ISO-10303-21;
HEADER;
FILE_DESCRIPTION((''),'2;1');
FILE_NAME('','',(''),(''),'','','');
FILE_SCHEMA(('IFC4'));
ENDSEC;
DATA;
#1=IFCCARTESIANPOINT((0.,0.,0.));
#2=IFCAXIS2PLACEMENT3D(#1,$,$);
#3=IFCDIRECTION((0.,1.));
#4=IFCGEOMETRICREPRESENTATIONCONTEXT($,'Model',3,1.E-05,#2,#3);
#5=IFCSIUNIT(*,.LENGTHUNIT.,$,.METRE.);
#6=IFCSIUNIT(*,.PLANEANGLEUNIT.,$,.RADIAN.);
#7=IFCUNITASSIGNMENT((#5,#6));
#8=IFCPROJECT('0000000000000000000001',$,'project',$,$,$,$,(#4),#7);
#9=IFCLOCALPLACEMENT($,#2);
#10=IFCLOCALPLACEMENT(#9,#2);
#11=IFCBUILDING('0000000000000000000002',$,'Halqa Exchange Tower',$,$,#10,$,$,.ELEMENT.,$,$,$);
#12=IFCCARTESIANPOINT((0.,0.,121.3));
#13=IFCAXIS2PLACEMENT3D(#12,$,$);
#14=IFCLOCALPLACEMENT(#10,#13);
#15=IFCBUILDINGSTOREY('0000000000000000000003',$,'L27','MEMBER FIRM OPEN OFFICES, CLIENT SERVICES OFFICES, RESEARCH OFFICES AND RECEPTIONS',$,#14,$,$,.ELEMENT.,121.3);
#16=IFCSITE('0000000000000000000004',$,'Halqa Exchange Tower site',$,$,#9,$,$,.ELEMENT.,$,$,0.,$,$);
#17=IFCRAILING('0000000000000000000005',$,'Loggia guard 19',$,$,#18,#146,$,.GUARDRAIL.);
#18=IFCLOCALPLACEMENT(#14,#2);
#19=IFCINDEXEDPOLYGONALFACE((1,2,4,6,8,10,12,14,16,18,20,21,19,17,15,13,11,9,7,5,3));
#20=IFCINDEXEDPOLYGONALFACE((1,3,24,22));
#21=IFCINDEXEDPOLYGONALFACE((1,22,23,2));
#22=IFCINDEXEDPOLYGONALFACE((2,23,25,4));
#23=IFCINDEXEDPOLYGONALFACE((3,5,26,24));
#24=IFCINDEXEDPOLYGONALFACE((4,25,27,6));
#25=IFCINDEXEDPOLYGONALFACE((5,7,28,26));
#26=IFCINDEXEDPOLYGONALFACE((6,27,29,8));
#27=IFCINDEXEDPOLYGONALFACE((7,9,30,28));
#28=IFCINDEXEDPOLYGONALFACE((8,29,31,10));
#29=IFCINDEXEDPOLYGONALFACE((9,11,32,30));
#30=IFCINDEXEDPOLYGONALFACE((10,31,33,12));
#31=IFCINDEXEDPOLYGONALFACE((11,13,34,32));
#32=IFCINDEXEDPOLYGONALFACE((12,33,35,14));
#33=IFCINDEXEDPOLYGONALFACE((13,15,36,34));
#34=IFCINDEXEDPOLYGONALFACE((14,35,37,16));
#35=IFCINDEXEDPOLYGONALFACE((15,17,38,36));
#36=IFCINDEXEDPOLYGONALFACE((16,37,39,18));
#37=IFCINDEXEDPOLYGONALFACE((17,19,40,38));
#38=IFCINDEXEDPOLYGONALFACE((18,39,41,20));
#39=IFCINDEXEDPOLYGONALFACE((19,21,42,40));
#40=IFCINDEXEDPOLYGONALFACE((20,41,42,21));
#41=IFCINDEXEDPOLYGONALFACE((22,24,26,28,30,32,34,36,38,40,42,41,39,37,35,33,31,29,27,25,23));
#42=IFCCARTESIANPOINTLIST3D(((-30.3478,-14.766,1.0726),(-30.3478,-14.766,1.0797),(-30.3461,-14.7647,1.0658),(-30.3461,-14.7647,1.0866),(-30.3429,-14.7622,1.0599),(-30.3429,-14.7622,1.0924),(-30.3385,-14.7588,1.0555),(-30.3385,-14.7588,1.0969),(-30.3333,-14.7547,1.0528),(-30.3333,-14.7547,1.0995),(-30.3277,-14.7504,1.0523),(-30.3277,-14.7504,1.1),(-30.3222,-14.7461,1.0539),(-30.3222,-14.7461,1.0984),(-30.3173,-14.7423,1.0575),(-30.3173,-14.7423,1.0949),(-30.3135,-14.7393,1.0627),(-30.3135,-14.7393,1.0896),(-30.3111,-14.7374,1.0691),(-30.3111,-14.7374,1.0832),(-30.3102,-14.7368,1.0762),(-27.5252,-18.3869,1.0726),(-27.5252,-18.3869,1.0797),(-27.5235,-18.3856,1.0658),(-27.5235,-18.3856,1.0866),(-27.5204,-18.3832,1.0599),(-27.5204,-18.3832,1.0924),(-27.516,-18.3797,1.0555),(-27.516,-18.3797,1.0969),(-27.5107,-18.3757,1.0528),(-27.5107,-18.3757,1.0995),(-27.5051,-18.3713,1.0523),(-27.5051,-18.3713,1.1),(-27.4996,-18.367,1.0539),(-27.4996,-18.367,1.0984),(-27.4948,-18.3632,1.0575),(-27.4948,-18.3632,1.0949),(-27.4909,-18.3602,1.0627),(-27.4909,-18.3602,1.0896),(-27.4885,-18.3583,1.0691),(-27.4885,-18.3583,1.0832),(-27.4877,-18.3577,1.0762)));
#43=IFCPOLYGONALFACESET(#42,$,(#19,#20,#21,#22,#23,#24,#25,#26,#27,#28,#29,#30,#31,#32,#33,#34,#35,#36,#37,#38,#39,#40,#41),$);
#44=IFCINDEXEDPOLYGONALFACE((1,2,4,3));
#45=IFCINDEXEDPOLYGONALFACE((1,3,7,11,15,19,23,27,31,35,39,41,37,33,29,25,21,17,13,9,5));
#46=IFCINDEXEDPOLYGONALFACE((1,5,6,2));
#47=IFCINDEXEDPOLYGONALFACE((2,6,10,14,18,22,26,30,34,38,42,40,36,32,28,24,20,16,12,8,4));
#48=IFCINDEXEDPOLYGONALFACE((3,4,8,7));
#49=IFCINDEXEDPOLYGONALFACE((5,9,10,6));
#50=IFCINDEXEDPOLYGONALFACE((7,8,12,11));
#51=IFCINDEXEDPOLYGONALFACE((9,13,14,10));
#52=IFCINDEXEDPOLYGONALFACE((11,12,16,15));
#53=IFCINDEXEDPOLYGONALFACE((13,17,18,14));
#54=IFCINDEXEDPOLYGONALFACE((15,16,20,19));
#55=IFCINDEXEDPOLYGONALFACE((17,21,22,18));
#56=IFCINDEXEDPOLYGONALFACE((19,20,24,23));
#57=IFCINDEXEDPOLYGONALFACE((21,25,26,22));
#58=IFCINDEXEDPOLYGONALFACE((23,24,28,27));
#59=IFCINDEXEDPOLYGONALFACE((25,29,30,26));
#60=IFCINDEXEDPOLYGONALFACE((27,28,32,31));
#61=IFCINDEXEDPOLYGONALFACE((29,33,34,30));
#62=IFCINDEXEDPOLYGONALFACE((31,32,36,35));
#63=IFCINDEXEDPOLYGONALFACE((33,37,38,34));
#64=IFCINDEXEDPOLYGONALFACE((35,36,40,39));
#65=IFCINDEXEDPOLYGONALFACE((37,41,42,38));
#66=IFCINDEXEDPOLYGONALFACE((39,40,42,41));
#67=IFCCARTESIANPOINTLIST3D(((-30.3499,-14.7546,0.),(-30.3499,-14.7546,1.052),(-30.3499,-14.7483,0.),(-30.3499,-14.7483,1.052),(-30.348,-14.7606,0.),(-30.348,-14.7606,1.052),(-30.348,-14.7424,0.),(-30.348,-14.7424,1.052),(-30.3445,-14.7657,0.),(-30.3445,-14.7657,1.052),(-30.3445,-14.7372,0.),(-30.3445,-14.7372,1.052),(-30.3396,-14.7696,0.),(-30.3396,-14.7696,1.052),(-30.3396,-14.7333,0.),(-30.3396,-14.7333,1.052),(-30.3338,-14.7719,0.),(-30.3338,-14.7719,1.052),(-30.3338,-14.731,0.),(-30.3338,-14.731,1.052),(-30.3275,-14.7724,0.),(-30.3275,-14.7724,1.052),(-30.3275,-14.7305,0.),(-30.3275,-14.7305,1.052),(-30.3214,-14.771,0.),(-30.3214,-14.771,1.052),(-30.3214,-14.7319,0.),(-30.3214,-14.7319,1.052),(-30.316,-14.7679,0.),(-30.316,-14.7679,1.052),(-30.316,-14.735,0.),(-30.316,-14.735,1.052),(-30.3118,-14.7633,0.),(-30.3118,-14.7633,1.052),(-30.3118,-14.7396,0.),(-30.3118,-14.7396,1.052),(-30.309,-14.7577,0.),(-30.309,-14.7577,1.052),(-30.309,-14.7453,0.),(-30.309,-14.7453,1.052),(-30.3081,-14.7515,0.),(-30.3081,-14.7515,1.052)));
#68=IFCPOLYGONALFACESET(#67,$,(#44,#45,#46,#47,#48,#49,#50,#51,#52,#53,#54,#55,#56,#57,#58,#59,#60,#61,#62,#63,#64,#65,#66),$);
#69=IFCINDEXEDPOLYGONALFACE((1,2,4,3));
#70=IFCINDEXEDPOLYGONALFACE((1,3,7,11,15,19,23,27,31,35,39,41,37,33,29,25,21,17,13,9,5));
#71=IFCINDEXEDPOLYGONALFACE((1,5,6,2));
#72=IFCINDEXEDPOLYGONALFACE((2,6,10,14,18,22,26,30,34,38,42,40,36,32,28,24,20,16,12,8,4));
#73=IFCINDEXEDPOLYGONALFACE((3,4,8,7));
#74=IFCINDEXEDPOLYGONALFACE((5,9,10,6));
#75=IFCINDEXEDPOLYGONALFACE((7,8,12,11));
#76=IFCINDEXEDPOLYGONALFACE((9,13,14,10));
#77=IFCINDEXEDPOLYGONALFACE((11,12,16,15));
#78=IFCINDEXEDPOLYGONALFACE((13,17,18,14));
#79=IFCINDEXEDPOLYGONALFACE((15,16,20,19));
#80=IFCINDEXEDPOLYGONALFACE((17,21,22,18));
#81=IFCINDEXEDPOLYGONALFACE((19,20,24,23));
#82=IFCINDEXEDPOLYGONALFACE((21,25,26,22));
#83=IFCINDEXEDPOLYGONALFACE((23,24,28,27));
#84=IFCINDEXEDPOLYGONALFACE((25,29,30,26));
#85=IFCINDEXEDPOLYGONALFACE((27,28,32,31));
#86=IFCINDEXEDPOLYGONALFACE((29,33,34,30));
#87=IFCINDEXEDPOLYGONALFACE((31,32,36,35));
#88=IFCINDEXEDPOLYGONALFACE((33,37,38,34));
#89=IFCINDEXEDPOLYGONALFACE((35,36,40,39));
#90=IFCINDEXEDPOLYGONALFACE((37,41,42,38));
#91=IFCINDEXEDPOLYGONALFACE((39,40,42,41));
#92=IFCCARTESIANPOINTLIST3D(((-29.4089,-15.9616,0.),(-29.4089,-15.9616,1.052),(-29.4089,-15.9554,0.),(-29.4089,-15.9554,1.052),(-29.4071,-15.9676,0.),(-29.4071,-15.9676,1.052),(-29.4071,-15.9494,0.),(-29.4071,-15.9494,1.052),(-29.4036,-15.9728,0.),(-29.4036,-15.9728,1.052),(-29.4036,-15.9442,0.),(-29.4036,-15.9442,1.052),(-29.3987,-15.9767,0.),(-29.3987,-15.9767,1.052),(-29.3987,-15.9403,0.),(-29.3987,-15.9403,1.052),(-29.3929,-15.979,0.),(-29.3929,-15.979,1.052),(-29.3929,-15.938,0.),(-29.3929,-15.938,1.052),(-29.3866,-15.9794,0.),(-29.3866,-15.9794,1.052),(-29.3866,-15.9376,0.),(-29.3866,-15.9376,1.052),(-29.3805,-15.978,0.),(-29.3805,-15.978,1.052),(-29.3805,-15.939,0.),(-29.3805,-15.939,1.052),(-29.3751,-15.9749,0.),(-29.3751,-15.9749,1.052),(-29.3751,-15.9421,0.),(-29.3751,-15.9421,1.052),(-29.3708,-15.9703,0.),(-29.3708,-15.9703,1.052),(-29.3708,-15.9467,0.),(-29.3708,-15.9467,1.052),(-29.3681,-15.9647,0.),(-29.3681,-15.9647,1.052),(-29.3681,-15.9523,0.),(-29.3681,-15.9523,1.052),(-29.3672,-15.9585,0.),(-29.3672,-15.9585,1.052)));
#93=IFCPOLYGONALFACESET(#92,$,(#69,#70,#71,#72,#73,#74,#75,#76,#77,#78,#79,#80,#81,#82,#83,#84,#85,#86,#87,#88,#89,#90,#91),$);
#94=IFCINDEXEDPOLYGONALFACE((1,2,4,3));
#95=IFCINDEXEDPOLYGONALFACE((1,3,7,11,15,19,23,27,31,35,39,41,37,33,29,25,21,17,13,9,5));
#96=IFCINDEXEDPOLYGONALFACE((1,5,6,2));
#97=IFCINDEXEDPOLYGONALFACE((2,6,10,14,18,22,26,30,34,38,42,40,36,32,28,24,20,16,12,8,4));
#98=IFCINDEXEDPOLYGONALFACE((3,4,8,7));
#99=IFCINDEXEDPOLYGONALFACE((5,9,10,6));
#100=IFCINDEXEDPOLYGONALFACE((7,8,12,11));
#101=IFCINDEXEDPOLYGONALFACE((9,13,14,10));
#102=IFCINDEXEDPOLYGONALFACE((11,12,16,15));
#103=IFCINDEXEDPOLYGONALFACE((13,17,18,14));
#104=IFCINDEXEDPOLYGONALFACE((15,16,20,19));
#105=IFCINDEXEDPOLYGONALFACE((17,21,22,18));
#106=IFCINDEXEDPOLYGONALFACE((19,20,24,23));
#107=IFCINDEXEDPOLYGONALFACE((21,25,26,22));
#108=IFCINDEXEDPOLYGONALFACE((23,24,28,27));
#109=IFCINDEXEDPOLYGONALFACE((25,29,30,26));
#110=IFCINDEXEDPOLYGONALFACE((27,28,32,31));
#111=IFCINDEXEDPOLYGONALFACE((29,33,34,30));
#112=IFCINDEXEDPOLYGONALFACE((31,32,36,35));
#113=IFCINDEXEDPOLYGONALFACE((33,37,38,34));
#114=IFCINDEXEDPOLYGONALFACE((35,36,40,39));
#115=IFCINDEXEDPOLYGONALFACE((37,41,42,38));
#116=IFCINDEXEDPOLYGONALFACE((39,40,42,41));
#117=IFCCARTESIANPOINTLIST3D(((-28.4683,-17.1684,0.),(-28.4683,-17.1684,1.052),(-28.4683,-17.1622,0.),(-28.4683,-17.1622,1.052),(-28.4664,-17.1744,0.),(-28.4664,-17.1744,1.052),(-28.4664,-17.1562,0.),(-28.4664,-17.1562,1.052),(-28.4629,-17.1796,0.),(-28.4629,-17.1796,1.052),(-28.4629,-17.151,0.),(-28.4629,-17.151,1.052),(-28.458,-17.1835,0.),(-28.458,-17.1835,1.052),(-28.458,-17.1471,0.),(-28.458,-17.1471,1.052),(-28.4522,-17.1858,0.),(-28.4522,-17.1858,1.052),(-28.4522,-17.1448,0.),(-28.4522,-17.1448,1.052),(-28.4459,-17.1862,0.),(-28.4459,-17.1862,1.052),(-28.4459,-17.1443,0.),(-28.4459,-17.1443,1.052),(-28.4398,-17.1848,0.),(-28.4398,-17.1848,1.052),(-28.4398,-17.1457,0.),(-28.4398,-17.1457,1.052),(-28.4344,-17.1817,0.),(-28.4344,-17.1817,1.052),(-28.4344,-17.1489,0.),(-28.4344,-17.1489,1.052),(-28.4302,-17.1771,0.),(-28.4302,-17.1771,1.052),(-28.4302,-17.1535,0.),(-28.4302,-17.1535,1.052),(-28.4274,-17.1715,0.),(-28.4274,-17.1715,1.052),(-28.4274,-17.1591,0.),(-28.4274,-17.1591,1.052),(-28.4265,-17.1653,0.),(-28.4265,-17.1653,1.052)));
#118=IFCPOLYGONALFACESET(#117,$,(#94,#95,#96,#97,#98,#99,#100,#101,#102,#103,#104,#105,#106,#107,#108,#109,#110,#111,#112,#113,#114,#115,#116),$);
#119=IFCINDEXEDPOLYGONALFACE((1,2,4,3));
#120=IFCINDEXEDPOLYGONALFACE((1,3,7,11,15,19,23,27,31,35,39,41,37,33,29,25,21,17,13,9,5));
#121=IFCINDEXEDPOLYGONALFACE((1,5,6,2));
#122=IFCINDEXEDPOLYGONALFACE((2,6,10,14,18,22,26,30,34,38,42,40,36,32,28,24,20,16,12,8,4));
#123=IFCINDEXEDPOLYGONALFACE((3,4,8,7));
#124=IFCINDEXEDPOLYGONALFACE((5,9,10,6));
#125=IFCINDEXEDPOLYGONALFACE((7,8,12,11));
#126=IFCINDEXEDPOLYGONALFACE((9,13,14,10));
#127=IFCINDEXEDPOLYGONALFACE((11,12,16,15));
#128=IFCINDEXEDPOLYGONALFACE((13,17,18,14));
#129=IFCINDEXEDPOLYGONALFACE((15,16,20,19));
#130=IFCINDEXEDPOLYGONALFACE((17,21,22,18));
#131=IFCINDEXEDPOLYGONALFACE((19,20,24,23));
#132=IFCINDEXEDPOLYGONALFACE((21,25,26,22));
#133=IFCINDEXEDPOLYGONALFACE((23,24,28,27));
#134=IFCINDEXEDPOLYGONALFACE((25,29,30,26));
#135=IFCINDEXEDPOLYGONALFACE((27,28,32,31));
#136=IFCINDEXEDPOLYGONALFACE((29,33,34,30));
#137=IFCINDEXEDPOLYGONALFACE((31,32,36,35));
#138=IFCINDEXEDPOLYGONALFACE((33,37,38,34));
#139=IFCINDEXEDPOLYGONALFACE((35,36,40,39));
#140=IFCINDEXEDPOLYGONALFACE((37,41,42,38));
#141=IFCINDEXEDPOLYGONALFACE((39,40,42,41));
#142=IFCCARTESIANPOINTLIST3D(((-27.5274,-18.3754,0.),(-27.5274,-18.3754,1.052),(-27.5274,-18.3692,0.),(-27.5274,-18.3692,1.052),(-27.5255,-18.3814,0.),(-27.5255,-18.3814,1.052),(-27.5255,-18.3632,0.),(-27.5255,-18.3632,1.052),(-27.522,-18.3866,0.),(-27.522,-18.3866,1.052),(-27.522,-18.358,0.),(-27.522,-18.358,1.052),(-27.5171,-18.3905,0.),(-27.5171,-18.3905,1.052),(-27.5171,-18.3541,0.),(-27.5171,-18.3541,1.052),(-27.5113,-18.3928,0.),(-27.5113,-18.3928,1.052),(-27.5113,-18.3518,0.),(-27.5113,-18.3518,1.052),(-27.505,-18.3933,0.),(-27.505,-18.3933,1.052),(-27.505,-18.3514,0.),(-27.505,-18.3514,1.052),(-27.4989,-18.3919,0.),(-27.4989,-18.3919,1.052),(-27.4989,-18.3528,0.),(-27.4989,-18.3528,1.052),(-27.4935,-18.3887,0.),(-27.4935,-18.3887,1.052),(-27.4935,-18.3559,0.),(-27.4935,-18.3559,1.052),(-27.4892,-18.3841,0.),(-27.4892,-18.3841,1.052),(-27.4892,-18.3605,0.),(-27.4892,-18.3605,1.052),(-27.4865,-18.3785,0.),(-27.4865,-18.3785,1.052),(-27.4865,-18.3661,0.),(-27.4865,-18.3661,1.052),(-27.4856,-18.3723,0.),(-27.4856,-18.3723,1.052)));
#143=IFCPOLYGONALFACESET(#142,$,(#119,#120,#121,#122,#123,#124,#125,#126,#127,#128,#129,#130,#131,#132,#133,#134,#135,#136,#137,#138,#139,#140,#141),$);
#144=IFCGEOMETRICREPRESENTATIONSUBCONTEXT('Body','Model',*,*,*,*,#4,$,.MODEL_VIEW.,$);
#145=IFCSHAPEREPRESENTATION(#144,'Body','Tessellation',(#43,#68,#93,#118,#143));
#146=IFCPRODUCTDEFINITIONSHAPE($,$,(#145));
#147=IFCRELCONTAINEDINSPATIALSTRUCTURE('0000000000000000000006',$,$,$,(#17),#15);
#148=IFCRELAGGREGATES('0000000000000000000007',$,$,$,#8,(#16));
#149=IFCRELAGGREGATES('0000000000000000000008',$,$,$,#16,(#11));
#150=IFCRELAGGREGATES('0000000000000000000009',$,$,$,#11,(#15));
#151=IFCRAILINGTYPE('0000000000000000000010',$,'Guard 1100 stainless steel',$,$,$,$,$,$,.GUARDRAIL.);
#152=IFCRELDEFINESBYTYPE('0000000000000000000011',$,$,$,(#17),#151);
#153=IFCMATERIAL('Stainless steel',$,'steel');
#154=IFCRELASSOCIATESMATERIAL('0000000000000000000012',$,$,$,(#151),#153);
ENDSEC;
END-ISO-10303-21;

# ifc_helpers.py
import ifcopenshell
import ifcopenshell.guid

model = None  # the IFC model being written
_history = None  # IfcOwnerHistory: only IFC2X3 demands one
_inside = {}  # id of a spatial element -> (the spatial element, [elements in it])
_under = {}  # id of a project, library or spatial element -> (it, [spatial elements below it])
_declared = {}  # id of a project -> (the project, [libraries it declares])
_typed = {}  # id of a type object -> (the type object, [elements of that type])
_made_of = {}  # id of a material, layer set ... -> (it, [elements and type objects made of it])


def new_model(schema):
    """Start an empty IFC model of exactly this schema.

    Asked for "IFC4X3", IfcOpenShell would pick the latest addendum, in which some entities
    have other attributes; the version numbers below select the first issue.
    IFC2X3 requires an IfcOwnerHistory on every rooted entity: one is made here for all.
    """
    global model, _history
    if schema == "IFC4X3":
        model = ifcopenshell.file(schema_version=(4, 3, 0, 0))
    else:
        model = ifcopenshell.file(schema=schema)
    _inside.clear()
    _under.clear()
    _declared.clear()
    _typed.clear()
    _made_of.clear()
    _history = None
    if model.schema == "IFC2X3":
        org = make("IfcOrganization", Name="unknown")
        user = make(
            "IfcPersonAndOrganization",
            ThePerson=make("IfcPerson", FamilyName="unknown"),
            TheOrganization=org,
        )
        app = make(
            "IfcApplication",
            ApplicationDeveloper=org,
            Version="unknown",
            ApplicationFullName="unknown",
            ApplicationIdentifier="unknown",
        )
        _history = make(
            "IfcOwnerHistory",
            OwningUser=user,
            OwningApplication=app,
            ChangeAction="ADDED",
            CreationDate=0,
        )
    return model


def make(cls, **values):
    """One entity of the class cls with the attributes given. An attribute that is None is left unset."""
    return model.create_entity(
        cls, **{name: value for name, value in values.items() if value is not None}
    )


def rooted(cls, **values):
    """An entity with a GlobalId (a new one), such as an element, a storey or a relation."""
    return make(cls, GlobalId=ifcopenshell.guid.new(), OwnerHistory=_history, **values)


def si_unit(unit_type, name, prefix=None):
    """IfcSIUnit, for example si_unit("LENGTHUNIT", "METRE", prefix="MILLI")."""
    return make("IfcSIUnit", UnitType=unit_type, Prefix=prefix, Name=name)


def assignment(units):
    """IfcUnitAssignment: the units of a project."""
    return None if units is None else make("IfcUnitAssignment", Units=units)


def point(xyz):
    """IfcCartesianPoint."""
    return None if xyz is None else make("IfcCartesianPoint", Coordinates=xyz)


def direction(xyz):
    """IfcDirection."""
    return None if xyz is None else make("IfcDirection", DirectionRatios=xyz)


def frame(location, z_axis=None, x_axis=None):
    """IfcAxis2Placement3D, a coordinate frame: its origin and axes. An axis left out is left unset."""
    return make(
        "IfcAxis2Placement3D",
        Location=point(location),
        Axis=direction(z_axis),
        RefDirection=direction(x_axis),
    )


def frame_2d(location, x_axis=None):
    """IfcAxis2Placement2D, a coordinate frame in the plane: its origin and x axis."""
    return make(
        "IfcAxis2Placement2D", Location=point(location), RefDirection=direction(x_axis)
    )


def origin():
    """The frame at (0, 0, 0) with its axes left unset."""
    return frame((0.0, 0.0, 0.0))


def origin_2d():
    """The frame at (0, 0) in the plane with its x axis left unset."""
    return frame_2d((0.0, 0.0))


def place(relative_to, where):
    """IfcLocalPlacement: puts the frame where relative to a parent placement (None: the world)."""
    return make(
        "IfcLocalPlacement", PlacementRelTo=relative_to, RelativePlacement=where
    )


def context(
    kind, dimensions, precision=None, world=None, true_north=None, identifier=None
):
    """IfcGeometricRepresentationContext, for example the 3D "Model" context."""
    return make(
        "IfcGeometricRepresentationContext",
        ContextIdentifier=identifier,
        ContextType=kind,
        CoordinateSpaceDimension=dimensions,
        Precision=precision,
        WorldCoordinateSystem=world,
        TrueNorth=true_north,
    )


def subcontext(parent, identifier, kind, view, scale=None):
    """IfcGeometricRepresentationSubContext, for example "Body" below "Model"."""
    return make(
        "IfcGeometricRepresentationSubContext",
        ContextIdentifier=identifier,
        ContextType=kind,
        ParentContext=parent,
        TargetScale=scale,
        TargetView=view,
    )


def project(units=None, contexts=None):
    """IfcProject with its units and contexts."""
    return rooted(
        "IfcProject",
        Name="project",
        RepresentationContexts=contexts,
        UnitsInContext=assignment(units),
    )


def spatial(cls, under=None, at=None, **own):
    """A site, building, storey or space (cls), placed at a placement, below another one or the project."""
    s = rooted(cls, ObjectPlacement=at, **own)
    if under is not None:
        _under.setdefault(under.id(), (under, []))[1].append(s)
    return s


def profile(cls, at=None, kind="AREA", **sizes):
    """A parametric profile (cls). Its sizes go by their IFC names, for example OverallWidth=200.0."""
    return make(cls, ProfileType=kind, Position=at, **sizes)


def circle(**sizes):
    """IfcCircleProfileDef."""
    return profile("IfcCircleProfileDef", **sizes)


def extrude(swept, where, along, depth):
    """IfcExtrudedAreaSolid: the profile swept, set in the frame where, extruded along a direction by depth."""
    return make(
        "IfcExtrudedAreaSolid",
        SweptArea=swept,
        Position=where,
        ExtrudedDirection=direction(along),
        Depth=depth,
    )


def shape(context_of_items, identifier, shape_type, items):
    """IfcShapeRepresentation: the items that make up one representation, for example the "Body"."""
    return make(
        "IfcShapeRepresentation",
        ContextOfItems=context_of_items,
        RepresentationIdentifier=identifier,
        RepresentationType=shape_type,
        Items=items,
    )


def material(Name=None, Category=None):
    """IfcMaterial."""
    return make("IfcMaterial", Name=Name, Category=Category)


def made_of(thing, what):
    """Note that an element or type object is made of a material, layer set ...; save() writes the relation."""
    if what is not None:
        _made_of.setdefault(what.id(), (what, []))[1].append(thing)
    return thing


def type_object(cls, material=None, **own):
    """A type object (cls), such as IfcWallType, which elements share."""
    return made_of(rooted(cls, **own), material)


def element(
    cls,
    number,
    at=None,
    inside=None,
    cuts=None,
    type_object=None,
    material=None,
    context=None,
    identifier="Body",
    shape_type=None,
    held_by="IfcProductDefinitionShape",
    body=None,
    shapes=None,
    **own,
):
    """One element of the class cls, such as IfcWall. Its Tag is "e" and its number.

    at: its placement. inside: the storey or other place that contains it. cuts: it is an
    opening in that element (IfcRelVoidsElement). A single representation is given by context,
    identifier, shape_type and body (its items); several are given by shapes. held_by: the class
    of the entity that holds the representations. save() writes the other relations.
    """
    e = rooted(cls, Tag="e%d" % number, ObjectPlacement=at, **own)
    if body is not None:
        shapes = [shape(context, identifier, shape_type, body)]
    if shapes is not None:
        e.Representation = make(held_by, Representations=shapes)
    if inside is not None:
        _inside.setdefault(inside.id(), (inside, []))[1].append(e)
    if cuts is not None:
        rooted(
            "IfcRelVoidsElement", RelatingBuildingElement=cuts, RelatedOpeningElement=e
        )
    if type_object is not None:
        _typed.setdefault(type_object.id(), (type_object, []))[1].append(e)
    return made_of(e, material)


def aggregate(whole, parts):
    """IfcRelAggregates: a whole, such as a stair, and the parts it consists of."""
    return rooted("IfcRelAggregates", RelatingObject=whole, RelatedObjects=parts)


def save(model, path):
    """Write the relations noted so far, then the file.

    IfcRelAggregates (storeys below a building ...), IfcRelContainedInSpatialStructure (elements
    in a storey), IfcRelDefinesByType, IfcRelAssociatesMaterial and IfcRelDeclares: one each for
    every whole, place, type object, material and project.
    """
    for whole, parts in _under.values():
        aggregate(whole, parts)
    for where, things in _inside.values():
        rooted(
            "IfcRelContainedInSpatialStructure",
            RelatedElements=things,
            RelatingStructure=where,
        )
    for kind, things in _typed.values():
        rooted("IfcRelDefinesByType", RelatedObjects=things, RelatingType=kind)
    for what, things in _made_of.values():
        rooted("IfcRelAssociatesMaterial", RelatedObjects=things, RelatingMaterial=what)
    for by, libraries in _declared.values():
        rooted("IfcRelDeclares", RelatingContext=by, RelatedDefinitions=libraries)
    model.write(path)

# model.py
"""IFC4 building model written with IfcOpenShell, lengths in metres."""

from ifc_helpers import new_model, si_unit, direction, frame, origin, origin_2d, place, context, subcontext, project, spatial, circle, extrude, material, type_object, element, save


model = new_model("IFC4")

# Units and contexts
model_context = context("Model", 3, precision=1e-05, world=origin(), true_north=direction((0.0, 1.0)))
body_context = subcontext(model_context, "Body", "Model", "MODEL_VIEW")
ifc_project = project(units=[si_unit("LENGTHUNIT", "METRE"), si_unit("PLANEANGLEUNIT", "RADIAN")], contexts=[model_context])

# Site, building, storey
site_placement = place(None, origin())
site = spatial("IfcSite", under=ifc_project, at=site_placement, Name="Halqa Exchange Tower site", CompositionType="ELEMENT", RefElevation=0.0)
building_placement = place(site_placement, origin())
building = spatial("IfcBuilding", under=site, at=building_placement, Name="Halqa Exchange Tower", CompositionType="ELEMENT")
storey_placement = place(building_placement, frame((0.0, 0.0, 121.3)))
storey = spatial("IfcBuildingStorey", under=building, at=storey_placement, Name="L27", Description="MEMBER FIRM OPEN OFFICES, CLIENT SERVICES OFFICES, RESEARCH OFFICES AND RECEPTIONS", CompositionType="ELEMENT", Elevation=121.3)

# Railing
ifc_material_1 = material(Name="Stainless steel", Category="steel")
railing_type = type_object("IfcRailingType", Name="Guard 1100 stainless steel", PredefinedType="GUARDRAIL", material=ifc_material_1)
railing_1_placement = place(storey_placement, frame((-30.3291, -14.7515, 0.0)))
element("IfcRailing", 1, at=railing_1_placement, inside=storey, type_object=railing_type, Name="Loggia guard 19", PredefinedType="GUARDRAIL", context=body_context, shape_type="SweptSolid", body=[
    extrude(circle(Radius=0.0239, at=origin_2d()), frame((0.0, 0.0, 1.0762), z_axis=(0.614794, -0.788687, 0.0), x_axis=(0.788687, 0.614794, 0.0)), (0.0, 0.0, 1.0), 4.5911),
    extrude(circle(Radius=0.021, at=origin_2d()), origin(), (0.0, 0.0, 1.0), 1.052),
    extrude(circle(Radius=0.021, at=origin_2d()), frame((0.9409, -1.207, 0.0)), (0.0, 0.0, 1.0), 1.052),
    extrude(circle(Radius=0.021, at=origin_2d()), frame((1.8816, -2.4138, 0.0)), (0.0, 0.0, 1.0), 1.052),
    extrude(circle(Radius=0.021, at=origin_2d()), frame((2.8225, -3.6208, 0.0)), (0.0, 0.0, 1.0), 1.052),
])

save(model, "model.ifc")
